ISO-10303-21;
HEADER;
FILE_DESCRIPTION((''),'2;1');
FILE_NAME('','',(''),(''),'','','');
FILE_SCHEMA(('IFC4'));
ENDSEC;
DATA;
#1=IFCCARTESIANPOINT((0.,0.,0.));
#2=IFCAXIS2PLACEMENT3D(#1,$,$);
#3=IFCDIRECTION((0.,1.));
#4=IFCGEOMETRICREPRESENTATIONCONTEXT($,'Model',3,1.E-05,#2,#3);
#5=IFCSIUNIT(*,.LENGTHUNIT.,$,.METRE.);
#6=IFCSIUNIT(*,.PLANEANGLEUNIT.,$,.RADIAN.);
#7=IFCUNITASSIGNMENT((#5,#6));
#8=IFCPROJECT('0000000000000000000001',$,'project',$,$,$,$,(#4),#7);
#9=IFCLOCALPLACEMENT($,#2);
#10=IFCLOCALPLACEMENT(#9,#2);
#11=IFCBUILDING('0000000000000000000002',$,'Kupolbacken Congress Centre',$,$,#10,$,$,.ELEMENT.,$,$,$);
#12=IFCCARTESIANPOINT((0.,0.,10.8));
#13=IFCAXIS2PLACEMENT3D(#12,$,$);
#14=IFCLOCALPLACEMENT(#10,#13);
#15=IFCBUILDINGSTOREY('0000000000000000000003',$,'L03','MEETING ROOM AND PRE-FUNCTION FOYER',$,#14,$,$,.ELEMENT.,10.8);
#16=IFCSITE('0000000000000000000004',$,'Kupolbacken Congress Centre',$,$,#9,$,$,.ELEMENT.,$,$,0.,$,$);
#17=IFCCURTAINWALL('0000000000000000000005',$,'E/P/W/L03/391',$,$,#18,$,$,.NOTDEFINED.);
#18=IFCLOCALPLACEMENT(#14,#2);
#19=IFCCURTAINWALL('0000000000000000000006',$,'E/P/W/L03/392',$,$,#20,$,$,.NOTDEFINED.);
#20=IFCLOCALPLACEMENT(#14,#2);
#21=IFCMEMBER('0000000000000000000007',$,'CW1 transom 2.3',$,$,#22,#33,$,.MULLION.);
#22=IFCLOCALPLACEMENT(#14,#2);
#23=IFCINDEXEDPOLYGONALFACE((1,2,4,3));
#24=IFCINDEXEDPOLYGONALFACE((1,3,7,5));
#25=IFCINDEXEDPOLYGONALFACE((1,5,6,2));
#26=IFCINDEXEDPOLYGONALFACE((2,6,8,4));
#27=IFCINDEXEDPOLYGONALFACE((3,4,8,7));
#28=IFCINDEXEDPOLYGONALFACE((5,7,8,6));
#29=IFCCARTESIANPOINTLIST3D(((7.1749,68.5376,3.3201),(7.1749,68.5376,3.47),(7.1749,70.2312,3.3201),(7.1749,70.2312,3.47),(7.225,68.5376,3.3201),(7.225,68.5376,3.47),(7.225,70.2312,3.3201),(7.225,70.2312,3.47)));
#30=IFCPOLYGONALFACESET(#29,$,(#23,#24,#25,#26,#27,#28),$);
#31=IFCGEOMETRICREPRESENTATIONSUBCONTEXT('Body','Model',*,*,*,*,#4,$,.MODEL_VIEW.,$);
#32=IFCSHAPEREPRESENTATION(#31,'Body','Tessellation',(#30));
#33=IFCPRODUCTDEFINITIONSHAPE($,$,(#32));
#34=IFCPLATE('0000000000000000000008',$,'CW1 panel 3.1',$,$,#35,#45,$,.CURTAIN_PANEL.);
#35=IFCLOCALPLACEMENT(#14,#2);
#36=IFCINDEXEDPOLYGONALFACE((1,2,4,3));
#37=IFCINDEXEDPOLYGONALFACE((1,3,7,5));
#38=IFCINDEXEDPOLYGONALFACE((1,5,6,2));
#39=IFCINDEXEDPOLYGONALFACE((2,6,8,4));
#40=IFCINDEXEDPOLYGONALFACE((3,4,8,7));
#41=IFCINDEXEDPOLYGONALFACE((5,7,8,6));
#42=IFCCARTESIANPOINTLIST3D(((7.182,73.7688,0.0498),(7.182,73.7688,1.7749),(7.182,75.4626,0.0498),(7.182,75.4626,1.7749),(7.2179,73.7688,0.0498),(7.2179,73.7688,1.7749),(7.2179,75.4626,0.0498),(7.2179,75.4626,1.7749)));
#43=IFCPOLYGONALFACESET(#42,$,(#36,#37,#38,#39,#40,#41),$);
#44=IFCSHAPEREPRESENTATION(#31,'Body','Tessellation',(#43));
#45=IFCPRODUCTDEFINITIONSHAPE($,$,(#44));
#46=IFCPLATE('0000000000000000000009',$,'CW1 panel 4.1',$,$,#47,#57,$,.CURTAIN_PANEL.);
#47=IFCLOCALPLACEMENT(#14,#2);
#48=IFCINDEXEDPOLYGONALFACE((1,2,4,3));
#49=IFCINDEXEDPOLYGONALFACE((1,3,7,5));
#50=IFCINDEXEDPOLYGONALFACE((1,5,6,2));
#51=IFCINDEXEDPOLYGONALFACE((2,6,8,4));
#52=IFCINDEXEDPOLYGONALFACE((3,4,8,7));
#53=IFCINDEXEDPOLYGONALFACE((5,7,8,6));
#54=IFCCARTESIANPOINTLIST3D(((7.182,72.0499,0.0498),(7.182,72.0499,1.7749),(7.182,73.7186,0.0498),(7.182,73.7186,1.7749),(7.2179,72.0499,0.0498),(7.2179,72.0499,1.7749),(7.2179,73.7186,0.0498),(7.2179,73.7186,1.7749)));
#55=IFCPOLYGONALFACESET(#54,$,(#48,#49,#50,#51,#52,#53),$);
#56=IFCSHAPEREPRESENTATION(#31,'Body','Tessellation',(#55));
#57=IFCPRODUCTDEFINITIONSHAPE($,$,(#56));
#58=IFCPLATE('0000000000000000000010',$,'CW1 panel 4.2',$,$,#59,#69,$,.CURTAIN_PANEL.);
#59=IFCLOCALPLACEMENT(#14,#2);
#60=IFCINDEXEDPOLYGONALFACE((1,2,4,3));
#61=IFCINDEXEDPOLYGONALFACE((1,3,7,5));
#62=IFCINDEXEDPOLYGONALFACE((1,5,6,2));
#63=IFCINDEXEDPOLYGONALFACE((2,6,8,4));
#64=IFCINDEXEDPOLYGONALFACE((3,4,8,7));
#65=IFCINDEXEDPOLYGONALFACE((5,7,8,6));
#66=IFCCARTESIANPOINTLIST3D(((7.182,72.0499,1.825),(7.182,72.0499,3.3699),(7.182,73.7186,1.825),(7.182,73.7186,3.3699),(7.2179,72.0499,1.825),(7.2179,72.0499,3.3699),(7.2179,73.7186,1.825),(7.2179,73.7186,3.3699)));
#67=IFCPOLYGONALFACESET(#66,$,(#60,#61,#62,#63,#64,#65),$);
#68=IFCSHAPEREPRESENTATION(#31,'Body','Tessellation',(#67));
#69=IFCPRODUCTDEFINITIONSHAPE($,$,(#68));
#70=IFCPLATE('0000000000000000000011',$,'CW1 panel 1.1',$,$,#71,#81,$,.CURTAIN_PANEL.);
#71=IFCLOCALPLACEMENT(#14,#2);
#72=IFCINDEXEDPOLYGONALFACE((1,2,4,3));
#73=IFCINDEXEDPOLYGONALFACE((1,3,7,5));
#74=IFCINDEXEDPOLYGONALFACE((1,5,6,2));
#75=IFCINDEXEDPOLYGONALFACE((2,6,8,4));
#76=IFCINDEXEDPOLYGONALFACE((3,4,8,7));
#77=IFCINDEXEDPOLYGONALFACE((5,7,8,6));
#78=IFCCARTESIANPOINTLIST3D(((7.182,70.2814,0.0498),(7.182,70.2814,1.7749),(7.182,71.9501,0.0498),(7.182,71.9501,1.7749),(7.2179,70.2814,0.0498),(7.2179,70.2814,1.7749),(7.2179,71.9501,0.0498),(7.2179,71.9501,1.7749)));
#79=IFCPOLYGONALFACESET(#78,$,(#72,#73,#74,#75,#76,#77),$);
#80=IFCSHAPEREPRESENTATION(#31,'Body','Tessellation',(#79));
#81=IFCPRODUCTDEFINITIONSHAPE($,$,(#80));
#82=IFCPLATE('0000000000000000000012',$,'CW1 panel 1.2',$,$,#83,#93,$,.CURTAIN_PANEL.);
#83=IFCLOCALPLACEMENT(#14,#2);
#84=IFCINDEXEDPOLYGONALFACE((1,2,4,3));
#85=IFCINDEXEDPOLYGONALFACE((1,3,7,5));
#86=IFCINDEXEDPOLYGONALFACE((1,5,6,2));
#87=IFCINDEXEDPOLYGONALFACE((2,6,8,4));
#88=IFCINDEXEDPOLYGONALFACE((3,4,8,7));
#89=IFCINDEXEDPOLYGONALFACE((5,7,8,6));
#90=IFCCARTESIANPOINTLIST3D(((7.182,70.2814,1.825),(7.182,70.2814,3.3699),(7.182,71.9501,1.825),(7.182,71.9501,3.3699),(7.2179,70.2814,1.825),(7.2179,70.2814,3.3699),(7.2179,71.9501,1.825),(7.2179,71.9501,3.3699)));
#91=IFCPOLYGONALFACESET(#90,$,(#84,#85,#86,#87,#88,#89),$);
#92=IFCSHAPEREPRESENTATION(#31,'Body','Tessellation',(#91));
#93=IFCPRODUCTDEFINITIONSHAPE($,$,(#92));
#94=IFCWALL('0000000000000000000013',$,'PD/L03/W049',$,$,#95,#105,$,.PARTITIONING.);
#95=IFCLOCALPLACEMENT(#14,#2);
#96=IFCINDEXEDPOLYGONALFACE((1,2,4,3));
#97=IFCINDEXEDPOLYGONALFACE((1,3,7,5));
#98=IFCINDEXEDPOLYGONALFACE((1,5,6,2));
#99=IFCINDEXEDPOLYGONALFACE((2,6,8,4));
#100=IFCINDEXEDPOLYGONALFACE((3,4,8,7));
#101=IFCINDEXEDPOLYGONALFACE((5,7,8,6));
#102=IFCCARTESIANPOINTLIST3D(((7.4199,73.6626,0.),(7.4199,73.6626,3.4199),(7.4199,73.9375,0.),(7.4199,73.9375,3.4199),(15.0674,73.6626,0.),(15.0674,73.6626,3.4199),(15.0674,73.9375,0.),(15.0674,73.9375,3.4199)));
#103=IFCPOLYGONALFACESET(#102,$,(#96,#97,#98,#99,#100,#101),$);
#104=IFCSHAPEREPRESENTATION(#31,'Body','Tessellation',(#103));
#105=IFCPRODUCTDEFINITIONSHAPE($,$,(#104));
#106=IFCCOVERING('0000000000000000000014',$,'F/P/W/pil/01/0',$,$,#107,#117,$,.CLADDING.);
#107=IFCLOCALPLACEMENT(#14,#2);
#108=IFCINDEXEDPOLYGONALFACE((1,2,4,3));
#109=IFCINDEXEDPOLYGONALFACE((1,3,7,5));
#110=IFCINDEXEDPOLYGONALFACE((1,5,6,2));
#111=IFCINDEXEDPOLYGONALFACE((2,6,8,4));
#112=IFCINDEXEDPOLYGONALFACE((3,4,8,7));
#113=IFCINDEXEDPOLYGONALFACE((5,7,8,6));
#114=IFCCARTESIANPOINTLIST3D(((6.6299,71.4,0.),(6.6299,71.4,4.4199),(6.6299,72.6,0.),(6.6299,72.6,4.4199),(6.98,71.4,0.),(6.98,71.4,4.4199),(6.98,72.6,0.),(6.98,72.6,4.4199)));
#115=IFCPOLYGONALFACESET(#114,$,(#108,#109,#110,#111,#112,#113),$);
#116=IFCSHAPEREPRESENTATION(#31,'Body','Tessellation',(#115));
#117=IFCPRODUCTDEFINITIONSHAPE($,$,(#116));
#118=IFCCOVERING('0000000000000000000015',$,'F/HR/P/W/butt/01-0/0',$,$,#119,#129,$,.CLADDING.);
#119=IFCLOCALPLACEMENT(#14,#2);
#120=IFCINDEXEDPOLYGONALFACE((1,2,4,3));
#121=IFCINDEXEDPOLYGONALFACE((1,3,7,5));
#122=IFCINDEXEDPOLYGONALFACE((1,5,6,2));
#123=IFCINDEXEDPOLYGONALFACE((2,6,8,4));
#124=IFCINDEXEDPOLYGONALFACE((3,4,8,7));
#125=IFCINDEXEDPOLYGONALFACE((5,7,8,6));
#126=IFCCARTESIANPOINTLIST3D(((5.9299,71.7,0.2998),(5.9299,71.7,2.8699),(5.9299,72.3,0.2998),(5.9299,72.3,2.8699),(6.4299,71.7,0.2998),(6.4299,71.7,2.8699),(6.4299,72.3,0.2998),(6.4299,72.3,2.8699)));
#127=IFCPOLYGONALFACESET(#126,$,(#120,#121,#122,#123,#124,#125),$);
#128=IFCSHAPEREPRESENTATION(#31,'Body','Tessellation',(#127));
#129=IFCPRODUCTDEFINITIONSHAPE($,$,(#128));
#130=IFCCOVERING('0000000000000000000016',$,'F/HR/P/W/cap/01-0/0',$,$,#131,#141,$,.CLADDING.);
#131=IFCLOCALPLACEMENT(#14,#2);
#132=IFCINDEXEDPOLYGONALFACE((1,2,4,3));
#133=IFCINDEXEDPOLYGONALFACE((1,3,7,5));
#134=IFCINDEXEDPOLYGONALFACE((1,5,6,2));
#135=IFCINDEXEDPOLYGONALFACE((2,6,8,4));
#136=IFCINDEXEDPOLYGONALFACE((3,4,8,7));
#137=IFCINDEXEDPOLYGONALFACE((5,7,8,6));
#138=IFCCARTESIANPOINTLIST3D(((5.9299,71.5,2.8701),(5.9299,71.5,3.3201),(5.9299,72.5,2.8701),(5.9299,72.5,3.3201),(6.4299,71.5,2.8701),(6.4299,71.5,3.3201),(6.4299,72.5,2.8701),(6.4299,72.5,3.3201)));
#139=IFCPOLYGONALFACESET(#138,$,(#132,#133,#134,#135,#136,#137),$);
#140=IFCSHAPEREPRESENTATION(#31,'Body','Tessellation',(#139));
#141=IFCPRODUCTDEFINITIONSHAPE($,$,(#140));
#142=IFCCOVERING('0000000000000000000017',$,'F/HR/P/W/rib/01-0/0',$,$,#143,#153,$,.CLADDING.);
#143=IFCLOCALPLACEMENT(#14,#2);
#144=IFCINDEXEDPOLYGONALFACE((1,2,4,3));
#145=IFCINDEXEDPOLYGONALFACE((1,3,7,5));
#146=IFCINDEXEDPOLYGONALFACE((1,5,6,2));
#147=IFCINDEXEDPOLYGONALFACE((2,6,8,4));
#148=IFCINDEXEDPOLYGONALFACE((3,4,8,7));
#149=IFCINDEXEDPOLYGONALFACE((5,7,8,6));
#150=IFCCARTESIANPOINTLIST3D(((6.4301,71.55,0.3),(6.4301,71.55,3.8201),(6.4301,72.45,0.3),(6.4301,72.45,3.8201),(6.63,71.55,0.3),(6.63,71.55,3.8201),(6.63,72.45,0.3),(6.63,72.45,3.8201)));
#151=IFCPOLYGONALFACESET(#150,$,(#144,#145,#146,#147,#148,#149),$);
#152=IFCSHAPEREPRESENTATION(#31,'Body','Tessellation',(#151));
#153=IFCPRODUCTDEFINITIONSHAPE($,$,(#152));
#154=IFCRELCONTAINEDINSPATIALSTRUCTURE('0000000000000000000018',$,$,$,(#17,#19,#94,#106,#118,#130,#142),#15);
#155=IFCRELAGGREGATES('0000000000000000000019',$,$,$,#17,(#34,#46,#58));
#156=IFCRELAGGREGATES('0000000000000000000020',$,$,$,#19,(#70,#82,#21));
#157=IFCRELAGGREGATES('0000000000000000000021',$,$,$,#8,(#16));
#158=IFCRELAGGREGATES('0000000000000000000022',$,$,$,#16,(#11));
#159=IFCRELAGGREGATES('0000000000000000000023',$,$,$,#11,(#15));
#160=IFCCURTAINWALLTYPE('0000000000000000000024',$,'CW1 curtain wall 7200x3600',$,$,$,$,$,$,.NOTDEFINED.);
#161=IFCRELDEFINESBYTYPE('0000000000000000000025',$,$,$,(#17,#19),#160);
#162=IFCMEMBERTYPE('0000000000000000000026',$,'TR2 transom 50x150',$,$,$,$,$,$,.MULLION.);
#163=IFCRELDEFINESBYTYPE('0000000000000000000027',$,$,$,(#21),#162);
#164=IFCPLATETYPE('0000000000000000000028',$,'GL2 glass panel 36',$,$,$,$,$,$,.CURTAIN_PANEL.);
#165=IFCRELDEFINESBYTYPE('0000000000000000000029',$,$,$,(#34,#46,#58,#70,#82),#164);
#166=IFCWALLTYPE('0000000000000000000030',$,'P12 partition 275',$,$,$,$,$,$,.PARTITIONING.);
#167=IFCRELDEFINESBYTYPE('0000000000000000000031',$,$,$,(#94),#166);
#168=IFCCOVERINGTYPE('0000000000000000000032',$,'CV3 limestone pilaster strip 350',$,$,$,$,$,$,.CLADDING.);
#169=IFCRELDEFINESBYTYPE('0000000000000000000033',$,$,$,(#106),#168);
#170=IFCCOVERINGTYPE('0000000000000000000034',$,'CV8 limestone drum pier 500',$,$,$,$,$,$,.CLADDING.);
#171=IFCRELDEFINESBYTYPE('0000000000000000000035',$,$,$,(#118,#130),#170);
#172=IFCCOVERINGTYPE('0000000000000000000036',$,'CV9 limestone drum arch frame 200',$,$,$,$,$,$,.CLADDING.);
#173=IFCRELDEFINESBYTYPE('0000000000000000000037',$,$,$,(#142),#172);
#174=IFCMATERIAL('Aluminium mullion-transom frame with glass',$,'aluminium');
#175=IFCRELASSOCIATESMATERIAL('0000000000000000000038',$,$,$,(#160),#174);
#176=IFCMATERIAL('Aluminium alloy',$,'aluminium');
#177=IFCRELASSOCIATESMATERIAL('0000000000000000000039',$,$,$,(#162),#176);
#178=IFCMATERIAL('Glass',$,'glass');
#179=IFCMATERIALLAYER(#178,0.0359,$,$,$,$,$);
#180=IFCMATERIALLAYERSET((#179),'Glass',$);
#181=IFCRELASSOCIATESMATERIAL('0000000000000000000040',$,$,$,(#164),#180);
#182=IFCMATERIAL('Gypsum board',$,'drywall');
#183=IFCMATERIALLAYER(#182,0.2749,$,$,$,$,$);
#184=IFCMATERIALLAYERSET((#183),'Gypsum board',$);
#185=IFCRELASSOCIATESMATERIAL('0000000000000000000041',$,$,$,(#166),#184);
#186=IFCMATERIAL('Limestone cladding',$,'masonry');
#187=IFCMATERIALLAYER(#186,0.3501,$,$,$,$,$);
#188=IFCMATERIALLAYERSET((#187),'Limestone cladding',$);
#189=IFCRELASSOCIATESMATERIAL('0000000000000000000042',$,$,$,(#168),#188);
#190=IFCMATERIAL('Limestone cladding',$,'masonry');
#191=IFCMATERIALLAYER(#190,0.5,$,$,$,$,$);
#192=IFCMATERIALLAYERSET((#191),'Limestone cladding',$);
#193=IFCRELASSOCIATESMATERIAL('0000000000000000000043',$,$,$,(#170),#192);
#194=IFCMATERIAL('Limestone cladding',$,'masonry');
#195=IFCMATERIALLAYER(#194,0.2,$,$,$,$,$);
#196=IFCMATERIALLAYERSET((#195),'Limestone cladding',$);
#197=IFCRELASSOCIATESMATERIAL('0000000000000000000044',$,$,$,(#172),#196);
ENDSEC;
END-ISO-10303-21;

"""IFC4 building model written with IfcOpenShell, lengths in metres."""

from ifc_helpers import new_model, si_unit, direction, frame, frame_2d, origin, origin_2d, place, context, subcontext, project, spatial, rectangle, extrude, material, layer, layer_set, material_profile, profile_set, type_object, element, aggregate, save


model = new_model("IFC4")

# Units and contexts
model_context = context("Model", 3, precision=1e-05, world=origin(), true_north=direction((0.0, 1.0)))
body_context = subcontext(model_context, "Body", "Model", "MODEL_VIEW")
ifc_project = project(units=[si_unit("LENGTHUNIT", "METRE"), si_unit("PLANEANGLEUNIT", "RADIAN")], contexts=[model_context])

# Site, building, storey
site_placement = place(None, origin())
site = spatial("IfcSite", under=ifc_project, at=site_placement, Name="Kupolbacken Congress Centre", CompositionType="ELEMENT", RefElevation=0.0)
building_placement = place(site_placement, origin())
building = spatial("IfcBuilding", under=site, at=building_placement, Name="Kupolbacken Congress Centre", CompositionType="ELEMENT")
storey_placement = place(building_placement, frame((0.0, 0.0, 10.8)))
storey = spatial("IfcBuildingStorey", under=building, at=storey_placement, Name="L03", Description="MEETING ROOM AND PRE-FUNCTION FOYER", CompositionType="ELEMENT", Elevation=10.8)

# Curtain walls
ifc_material_1 = material(Name="Aluminium mullion-transom frame with glass", Category="aluminium")
curtain_wall_type = type_object("IfcCurtainWallType", Name="CW1 curtain wall 7200x3600", PredefinedType="NOTDEFINED", material=ifc_material_1)
curtain_wall_1_placement = place(storey_placement, origin())
curtain_wall_1 = element("IfcCurtainWall", 1, at=curtain_wall_1_placement, inside=storey, type_object=curtain_wall_type, Name="E/P/W/L03/391", PredefinedType="NOTDEFINED")
curtain_wall_2_placement = place(storey_placement, origin())
curtain_wall_2 = element("IfcCurtainWall", 2, at=curtain_wall_2_placement, inside=storey, type_object=curtain_wall_type, Name="E/P/W/L03/392", PredefinedType="NOTDEFINED")

# Member
ifc_material_2 = material(Name="Aluminium alloy", Category="aluminium")
ifc_material_profile_1 = material_profile(ifc_material_2, rectangle(XDim=0.05, YDim=0.1499, at=origin_2d()), Name="50 x 150")
ifc_profile_set_1 = profile_set([ifc_material_profile_1], Name="Aluminium alloy")
member_type_1 = type_object("IfcMemberType", Name="TR2 transom 50x150", PredefinedType="MULLION", material=ifc_profile_set_1)
member_1_placement = place(storey_placement, frame((7.2, 70.2312, 3.395), z_axis=(0.0, -1.0, 0.0), x_axis=(1.0, 0.0, 0.0)))
member_1 = element("IfcMember", 3, at=member_1_placement, type_object=member_type_1, Name="CW1 transom 2.3", PredefinedType="MULLION", context=body_context, shape_type="SweptSolid", body=[
    extrude(rectangle(XDim=0.05, YDim=0.1499, at=origin_2d()), origin(), (0.0, 0.0, 1.0), 1.6936),
])

# Plates
ifc_material_3 = material(Name="Glass", Category="glass")
ifc_layer_1 = layer(ifc_material_3, 0.0359)
ifc_layer_set_1 = layer_set([ifc_layer_1], Name="Glass")
plate_type = type_object("IfcPlateType", Name="GL2 glass panel 36", PredefinedType="CURTAIN_PANEL", material=ifc_layer_set_1)
plate_1_placement = place(storey_placement, frame((7.2, 74.6157, 0.0498), z_axis=(0.0, 0.0, 1.0), x_axis=(0.0, -1.0, 0.0)))
plate_1 = element("IfcPlate", 4, at=plate_1_placement, type_object=plate_type, Name="CW1 panel 3.1", PredefinedType="CURTAIN_PANEL", context=body_context, shape_type="SweptSolid", body=[
    extrude(rectangle(XDim=1.6938, YDim=0.0359, at=origin_2d()), origin(), (0.0, 0.0, 1.0), 1.7251),
])
plate_2_placement = place(storey_placement, frame((7.2, 72.8843, 0.0498), z_axis=(0.0, 0.0, 1.0), x_axis=(0.0, -1.0, 0.0)))
plate_2 = element("IfcPlate", 5, at=plate_2_placement, type_object=plate_type, Name="CW1 panel 4.1", PredefinedType="CURTAIN_PANEL", context=body_context, shape_type="SweptSolid", body=[
    extrude(rectangle(XDim=1.6687, YDim=0.0359, at=origin_2d()), origin(), (0.0, 0.0, 1.0), 1.7251),
])
plate_3_placement = place(storey_placement, frame((7.2, 72.8843, 1.825), z_axis=(0.0, 0.0, 1.0), x_axis=(0.0, -1.0, 0.0)))
plate_3 = element("IfcPlate", 6, at=plate_3_placement, type_object=plate_type, Name="CW1 panel 4.2", PredefinedType="CURTAIN_PANEL", context=body_context, shape_type="SweptSolid", body=[
    extrude(rectangle(XDim=1.6687, YDim=0.0359, at=origin_2d()), origin(), (0.0, 0.0, 1.0), 1.5449),
])
aggregate(curtain_wall_1, [plate_1, plate_2, plate_3])
plate_4_placement = place(storey_placement, frame((7.2, 71.1157, 0.0498), z_axis=(0.0, 0.0, 1.0), x_axis=(0.0, -1.0, 0.0)))
plate_4 = element("IfcPlate", 7, at=plate_4_placement, type_object=plate_type, Name="CW1 panel 1.1", PredefinedType="CURTAIN_PANEL", context=body_context, shape_type="SweptSolid", body=[
    extrude(rectangle(XDim=1.6687, YDim=0.0359, at=origin_2d()), origin(), (0.0, 0.0, 1.0), 1.7251),
])
plate_5_placement = place(storey_placement, frame((7.2, 71.1157, 1.825), z_axis=(0.0, 0.0, 1.0), x_axis=(0.0, -1.0, 0.0)))
plate_5 = element("IfcPlate", 8, at=plate_5_placement, type_object=plate_type, Name="CW1 panel 1.2", PredefinedType="CURTAIN_PANEL", context=body_context, shape_type="SweptSolid", body=[
    extrude(rectangle(XDim=1.6687, YDim=0.0359, at=origin_2d()), origin(), (0.0, 0.0, 1.0), 1.5449),
])
aggregate(curtain_wall_2, [plate_4, plate_5, member_1])

# Wall
ifc_material_4 = material(Name="Gypsum board", Category="drywall")
ifc_layer_2 = layer(ifc_material_4, 0.2749)
ifc_layer_set_2 = layer_set([ifc_layer_2], Name="Gypsum board")
wall_type = type_object("IfcWallType", Name="P12 partition 275", PredefinedType="PARTITIONING", material=ifc_layer_set_2)
wall_placement = place(storey_placement, frame((7.4199, 73.8, 0.0), z_axis=(0.0, 0.0, 1.0), x_axis=(1.0, 0.0, 0.0)))
element("IfcWall", 9, at=wall_placement, inside=storey, type_object=wall_type, Name="PD/L03/W049", PredefinedType="PARTITIONING", context=body_context, shape_type="SweptSolid", body=[
    extrude(rectangle(XDim=7.6475, YDim=0.2749, at=frame_2d((3.8237, 0.0))), origin(), (0.0, 0.0, 1.0), 3.4199),
])

# Coverings
ifc_material_5 = material(Name="Limestone cladding", Category="masonry")
ifc_layer_3 = layer(ifc_material_5, 0.3501)
ifc_layer_set_3 = layer_set([ifc_layer_3], Name="Limestone cladding")
covering_type_1 = type_object("IfcCoveringType", Name="CV3 limestone pilaster strip 350", PredefinedType="CLADDING", material=ifc_layer_set_3)
covering_1_placement = place(storey_placement, frame((6.8049, 72.0, 0.0), z_axis=(0.0, 0.0, 1.0), x_axis=(0.0, 1.0, 0.0)))
element("IfcCovering", 10, at=covering_1_placement, inside=storey, type_object=covering_type_1, Name="F/P/W/pil/01/0", PredefinedType="CLADDING", context=body_context, shape_type="SweptSolid", body=[
    extrude(rectangle(XDim=1.2, YDim=0.3501, at=origin_2d()), origin(), (0.0, 0.0, 1.0), 4.4199),
])
ifc_material_6 = material(Name="Limestone cladding", Category="masonry")
ifc_layer_4 = layer(ifc_material_6, 0.5)
ifc_layer_set_4 = layer_set([ifc_layer_4], Name="Limestone cladding")
covering_type_2 = type_object("IfcCoveringType", Name="CV8 limestone drum pier 500", PredefinedType="CLADDING", material=ifc_layer_set_4)
covering_2_placement = place(storey_placement, frame((6.1799, 72.0, 0.2998), z_axis=(0.0, 0.0, 1.0), x_axis=(0.0, 1.0, 0.0)))
element("IfcCovering", 11, at=covering_2_placement, inside=storey, type_object=covering_type_2, Name="F/HR/P/W/butt/01-0/0", PredefinedType="CLADDING", context=body_context, shape_type="SweptSolid", body=[
    extrude(rectangle(XDim=0.6001, YDim=0.5, at=origin_2d()), origin(), (0.0, 0.0, 1.0), 2.5701),
])
covering_3_placement = place(storey_placement, frame((6.1799, 72.0, 2.8701), z_axis=(0.0, 0.0, 1.0), x_axis=(0.0, 1.0, 0.0)))
element("IfcCovering", 12, at=covering_3_placement, inside=storey, type_object=covering_type_2, Name="F/HR/P/W/cap/01-0/0", PredefinedType="CLADDING", context=body_context, shape_type="SweptSolid", body=[
    extrude(rectangle(XDim=1.0, YDim=0.5, at=origin_2d()), origin(), (0.0, 0.0, 1.0), 0.45),
])
ifc_material_7 = material(Name="Limestone cladding", Category="masonry")
ifc_layer_5 = layer(ifc_material_7, 0.2)
ifc_layer_set_5 = layer_set([ifc_layer_5], Name="Limestone cladding")
covering_type_3 = type_object("IfcCoveringType", Name="CV9 limestone drum arch frame 200", PredefinedType="CLADDING", material=ifc_layer_set_5)
covering_4_placement = place(storey_placement, frame((6.53, 72.0, 0.3), z_axis=(0.0, 0.0, 1.0), x_axis=(0.0, 1.0, 0.0)))
element("IfcCovering", 13, at=covering_4_placement, inside=storey, type_object=covering_type_3, Name="F/HR/P/W/rib/01-0/0", PredefinedType="CLADDING", context=body_context, shape_type="SweptSolid", body=[
    extrude(rectangle(XDim=0.8999, YDim=0.2, at=origin_2d()), origin(), (0.0, 0.0, 1.0), 3.52),
])

save(model, "model.ifc")
